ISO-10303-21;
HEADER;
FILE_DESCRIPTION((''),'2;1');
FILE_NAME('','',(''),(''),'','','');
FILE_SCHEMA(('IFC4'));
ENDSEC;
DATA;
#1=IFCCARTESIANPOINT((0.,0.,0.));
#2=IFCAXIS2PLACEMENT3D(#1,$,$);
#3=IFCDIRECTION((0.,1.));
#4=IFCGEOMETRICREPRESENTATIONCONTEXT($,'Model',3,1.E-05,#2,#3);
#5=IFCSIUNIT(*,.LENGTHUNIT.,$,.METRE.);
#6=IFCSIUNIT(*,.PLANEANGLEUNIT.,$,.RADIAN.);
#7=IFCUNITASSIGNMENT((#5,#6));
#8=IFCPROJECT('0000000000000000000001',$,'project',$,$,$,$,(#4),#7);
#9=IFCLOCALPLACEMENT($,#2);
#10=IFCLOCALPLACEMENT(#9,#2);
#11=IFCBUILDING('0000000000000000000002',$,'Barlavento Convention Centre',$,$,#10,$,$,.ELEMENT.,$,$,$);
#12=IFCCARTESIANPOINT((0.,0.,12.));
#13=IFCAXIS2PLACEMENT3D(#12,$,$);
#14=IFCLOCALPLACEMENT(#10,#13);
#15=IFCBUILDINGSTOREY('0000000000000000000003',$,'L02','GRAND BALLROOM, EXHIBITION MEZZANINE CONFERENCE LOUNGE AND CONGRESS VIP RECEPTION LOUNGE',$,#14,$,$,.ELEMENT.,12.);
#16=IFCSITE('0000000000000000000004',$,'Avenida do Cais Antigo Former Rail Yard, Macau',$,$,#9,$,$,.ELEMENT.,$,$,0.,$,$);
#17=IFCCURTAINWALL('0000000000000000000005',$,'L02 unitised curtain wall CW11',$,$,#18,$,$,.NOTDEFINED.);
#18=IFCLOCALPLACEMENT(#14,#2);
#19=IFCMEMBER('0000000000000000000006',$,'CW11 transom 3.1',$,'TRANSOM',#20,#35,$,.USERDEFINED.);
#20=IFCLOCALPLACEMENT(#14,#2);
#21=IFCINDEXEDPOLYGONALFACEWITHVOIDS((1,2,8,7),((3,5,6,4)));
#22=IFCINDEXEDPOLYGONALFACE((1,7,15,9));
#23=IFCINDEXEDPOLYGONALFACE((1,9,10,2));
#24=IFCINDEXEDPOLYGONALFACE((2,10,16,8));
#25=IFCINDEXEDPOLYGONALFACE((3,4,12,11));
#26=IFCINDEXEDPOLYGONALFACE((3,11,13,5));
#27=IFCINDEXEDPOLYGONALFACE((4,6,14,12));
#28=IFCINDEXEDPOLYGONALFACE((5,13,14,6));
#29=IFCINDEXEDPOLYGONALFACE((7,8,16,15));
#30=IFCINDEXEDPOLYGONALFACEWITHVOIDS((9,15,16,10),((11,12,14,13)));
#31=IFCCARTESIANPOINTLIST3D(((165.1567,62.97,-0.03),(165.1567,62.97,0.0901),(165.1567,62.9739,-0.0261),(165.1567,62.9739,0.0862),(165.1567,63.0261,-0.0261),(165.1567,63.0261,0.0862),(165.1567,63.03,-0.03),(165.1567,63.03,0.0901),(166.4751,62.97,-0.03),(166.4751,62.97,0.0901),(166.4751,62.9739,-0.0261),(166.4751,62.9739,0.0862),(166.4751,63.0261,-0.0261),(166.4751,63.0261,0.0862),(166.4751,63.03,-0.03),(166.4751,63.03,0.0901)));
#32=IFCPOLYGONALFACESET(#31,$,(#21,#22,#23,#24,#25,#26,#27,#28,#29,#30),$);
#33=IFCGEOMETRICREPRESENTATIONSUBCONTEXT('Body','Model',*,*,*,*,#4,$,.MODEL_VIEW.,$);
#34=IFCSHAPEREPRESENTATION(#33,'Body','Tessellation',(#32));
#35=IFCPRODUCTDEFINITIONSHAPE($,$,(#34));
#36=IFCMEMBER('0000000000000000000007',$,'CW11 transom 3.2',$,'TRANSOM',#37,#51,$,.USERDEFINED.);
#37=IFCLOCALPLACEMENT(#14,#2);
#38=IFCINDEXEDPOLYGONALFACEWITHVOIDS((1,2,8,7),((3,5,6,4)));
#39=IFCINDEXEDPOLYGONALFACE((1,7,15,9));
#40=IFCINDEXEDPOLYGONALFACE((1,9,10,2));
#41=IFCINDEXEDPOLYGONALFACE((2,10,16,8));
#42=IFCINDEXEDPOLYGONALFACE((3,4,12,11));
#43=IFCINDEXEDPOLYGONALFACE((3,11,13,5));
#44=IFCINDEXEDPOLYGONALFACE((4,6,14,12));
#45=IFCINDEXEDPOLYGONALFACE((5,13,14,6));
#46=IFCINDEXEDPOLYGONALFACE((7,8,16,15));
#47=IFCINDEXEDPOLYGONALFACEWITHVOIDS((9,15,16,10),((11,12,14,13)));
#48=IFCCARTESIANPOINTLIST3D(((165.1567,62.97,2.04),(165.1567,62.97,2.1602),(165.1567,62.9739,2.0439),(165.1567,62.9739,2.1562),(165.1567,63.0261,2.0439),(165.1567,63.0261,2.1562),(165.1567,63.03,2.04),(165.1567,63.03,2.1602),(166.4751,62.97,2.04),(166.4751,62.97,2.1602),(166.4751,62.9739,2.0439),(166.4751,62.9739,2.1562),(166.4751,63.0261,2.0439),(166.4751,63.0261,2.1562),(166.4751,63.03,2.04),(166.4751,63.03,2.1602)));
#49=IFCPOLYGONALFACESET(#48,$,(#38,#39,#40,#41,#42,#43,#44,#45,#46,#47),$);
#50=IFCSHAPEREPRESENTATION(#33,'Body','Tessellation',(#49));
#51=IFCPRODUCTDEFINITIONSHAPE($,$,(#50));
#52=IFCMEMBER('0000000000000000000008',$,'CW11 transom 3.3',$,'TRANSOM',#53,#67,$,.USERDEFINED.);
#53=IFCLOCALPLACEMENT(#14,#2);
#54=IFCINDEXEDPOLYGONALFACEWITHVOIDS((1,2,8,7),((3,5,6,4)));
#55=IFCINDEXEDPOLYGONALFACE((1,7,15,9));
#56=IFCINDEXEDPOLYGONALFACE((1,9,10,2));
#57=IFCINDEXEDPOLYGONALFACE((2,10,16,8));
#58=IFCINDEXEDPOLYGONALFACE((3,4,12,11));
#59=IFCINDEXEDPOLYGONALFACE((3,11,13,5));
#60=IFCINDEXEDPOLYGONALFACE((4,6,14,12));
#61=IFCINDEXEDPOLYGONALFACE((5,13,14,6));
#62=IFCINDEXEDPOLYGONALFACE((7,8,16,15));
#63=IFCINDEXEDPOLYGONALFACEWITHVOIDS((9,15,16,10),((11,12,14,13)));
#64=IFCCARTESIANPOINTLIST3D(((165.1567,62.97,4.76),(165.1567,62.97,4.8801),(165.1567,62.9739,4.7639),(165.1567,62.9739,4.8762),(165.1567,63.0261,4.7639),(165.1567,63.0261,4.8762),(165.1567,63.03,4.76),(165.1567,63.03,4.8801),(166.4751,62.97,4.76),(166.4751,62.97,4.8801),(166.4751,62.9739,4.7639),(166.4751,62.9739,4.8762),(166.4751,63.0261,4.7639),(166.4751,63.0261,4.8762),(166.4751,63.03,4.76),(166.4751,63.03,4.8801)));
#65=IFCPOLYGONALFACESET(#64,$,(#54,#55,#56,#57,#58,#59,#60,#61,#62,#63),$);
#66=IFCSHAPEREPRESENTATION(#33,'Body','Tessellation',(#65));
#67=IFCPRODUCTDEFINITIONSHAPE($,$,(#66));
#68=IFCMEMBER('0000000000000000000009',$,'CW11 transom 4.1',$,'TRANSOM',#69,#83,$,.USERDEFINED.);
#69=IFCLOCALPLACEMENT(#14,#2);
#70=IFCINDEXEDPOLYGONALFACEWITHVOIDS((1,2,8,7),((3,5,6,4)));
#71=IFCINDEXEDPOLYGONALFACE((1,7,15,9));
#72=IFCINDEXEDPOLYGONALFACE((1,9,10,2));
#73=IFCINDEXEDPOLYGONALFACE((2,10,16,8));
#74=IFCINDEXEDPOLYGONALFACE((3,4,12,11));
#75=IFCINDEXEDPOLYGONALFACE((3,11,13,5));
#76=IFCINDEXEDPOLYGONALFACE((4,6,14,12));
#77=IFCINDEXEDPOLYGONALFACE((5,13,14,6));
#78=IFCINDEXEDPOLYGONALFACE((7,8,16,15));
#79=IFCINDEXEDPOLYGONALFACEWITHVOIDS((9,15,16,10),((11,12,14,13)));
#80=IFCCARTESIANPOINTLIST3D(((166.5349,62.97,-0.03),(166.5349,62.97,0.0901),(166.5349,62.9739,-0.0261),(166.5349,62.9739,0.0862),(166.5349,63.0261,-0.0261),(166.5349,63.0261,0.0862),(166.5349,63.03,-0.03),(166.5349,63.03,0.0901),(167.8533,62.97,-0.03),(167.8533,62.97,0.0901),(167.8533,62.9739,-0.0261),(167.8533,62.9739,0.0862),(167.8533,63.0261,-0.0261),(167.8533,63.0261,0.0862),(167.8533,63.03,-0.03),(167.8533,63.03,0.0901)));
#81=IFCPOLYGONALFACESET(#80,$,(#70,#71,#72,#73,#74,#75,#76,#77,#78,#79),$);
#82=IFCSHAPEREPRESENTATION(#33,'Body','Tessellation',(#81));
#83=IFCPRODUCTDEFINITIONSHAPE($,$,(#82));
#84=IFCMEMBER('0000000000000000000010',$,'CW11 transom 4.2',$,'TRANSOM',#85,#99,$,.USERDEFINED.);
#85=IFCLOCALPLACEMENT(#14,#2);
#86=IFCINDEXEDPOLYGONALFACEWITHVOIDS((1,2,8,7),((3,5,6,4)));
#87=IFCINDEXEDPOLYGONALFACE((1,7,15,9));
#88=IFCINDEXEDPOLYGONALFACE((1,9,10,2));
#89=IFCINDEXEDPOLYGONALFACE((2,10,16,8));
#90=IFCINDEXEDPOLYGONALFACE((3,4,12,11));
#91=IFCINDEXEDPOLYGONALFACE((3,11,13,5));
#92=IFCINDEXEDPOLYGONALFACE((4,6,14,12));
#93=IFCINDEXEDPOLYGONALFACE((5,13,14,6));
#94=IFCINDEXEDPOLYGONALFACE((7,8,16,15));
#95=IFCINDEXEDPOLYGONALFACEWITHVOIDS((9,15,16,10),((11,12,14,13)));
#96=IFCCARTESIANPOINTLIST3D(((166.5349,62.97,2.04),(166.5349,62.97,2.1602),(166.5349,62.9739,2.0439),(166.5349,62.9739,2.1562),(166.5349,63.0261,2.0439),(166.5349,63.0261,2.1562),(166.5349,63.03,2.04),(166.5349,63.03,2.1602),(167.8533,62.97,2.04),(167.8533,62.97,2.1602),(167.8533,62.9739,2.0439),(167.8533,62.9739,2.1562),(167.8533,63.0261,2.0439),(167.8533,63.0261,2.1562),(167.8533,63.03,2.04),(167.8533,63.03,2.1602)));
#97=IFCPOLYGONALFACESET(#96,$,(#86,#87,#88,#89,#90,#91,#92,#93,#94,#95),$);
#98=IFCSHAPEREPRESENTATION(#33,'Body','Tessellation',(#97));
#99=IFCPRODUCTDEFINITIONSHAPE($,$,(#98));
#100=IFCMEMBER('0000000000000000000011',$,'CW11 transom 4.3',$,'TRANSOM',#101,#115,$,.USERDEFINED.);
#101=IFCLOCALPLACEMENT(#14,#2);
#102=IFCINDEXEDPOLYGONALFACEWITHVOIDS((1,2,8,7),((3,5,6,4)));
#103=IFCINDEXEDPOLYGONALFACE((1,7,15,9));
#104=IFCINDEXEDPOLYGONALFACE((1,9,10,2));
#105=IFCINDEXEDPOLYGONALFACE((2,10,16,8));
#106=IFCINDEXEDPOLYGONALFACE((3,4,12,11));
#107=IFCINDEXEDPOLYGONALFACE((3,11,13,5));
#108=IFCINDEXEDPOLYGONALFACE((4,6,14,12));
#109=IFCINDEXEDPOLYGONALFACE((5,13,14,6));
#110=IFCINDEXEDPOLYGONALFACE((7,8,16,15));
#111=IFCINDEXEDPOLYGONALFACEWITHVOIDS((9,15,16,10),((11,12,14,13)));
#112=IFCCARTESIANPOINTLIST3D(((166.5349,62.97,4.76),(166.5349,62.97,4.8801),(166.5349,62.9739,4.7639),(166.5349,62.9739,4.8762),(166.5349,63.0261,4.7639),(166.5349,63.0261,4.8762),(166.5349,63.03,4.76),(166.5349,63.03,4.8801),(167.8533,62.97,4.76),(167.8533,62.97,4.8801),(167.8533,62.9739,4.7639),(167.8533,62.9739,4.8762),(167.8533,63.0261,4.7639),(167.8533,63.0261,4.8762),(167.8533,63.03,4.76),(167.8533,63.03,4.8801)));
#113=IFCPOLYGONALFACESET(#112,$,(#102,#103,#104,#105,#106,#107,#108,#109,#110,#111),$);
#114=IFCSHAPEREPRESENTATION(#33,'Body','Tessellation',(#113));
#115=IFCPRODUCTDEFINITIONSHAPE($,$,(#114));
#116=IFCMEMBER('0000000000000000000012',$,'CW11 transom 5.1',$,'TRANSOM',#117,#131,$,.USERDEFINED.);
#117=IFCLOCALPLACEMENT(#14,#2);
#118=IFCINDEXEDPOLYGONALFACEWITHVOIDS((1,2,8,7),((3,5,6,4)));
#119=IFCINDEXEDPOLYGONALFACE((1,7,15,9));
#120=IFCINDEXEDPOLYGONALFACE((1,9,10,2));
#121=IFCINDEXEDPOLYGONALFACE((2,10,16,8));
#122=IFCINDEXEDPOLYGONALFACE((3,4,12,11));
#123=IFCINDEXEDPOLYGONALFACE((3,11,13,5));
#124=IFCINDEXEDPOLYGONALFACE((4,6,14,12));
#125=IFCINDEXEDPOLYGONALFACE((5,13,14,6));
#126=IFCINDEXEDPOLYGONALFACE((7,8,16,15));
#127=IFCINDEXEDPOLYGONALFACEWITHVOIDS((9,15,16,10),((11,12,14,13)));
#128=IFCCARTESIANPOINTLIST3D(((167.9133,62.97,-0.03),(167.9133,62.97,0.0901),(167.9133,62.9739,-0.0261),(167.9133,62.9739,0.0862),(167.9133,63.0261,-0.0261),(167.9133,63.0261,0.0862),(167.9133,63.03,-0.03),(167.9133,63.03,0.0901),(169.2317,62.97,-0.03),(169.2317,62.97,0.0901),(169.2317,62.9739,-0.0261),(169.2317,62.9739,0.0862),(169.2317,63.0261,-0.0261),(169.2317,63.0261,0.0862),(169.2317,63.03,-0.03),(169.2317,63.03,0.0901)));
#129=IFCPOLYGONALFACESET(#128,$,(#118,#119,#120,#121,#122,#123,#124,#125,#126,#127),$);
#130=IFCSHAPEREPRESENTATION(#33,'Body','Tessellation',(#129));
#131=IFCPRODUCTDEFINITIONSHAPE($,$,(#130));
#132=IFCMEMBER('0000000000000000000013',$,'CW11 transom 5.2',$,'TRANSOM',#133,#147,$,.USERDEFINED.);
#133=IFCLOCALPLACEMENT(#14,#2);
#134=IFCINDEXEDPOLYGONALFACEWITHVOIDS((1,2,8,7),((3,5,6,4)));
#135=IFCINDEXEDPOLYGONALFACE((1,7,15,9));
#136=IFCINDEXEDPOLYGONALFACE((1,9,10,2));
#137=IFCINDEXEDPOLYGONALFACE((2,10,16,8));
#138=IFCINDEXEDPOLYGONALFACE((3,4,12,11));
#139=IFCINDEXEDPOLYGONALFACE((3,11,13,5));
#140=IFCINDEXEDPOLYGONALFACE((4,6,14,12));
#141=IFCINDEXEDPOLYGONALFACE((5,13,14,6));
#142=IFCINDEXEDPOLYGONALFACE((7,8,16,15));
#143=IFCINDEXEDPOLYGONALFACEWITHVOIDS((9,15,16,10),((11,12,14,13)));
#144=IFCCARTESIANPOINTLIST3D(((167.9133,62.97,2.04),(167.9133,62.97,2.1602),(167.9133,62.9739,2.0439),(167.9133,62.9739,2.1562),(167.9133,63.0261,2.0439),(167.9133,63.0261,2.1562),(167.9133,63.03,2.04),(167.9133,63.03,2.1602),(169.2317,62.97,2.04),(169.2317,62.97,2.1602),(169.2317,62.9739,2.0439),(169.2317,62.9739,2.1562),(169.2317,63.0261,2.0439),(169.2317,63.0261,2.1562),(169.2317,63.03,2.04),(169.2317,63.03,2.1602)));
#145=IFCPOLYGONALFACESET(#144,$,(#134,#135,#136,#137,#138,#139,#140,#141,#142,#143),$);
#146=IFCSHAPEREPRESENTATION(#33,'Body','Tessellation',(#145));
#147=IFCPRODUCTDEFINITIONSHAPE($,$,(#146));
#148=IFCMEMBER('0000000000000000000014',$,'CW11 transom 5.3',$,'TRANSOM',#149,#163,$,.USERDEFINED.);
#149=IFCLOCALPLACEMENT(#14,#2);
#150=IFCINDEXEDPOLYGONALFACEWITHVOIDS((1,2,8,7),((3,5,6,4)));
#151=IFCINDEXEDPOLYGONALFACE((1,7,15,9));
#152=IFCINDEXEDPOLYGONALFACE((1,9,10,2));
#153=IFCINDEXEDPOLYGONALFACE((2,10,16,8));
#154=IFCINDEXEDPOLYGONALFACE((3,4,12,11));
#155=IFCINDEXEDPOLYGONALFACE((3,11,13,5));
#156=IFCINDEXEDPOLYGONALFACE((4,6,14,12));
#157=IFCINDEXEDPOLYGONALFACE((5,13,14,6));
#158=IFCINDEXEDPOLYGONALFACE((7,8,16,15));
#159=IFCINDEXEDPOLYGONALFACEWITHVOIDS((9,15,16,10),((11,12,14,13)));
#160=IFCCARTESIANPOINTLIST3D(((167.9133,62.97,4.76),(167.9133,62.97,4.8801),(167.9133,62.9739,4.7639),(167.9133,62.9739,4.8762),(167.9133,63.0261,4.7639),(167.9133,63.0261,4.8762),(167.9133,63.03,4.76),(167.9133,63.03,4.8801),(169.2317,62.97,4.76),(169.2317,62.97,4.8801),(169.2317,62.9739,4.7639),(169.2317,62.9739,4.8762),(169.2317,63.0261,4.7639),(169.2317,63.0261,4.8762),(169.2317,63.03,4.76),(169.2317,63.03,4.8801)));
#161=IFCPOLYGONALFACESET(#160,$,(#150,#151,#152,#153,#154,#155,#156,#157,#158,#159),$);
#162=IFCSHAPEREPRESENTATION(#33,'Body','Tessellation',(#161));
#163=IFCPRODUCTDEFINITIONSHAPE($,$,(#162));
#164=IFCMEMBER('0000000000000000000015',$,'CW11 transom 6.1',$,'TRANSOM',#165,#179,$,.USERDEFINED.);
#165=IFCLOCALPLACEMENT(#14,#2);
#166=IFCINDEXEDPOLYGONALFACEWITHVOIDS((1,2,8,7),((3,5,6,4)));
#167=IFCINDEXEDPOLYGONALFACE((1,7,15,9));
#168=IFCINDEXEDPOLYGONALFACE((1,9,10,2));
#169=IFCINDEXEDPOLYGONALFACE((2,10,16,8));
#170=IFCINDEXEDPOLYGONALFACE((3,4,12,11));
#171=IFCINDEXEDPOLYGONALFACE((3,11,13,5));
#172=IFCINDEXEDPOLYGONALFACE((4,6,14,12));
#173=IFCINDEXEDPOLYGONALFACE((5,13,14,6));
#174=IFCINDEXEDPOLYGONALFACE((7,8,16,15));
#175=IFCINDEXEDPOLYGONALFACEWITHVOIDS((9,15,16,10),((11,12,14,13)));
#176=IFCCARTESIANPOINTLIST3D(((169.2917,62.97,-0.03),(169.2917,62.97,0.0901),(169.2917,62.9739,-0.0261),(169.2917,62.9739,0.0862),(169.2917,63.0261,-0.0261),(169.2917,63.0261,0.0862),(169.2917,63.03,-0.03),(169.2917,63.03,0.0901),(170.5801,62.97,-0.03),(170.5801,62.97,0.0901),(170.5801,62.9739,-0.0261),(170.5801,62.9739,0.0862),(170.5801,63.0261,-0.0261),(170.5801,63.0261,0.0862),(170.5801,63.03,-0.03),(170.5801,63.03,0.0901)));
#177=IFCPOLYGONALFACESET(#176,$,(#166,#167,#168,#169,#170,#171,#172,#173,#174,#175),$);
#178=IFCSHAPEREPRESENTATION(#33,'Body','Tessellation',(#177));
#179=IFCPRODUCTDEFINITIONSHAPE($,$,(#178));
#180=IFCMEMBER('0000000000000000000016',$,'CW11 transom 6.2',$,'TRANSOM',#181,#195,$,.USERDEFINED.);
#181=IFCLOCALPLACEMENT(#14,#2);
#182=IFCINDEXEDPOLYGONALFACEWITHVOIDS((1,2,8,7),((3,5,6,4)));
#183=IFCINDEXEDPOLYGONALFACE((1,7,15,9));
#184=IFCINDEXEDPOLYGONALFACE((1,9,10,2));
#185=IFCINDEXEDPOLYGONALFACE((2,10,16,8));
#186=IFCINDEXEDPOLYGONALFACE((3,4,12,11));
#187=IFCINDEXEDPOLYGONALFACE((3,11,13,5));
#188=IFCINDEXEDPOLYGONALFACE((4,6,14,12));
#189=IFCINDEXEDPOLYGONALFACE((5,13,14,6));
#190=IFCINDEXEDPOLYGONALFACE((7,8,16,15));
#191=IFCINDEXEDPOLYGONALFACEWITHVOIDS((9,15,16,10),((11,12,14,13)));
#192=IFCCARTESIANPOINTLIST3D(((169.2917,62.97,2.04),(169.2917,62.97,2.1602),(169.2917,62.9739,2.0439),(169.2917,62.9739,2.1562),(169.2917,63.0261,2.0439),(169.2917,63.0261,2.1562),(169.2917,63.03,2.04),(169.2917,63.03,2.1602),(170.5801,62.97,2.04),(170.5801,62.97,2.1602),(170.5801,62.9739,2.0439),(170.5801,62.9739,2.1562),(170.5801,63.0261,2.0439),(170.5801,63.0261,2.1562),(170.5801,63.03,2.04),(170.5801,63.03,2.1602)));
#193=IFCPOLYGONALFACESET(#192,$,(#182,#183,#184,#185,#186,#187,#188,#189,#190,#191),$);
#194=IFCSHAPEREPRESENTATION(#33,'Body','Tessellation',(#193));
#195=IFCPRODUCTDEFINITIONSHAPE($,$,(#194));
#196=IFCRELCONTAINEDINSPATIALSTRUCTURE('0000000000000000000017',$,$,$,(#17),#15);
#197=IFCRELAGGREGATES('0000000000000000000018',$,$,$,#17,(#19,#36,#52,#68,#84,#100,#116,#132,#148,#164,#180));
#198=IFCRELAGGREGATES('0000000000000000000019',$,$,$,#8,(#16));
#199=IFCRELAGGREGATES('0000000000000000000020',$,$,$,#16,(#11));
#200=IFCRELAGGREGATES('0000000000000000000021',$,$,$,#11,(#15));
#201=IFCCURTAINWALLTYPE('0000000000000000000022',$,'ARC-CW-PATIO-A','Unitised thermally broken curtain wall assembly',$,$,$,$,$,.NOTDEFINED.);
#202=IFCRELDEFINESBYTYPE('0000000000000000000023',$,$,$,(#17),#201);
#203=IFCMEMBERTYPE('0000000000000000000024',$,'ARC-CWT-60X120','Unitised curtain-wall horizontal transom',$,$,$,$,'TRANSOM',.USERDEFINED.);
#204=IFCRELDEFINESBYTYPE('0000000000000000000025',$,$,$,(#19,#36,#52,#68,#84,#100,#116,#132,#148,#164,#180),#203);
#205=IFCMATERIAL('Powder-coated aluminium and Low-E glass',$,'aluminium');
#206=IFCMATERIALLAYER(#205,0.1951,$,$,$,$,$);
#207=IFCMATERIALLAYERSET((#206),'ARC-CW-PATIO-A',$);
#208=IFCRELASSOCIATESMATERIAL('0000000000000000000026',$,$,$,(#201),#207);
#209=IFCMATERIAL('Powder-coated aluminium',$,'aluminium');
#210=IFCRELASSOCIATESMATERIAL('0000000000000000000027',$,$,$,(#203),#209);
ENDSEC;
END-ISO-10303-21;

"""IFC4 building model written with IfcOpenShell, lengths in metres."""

from ifc_helpers import new_model, si_unit, direction, frame, origin, origin_2d, place, context, subcontext, project, spatial, hollow_rectangle, extrude, material, layer, layer_set, material_profile, profile_set, type_object, element, aggregate, save


model = new_model("IFC4")

# Units and contexts
model_context = context("Model", 3, precision=1e-05, world=origin(), true_north=direction((0.0, 1.0)))
body_context = subcontext(model_context, "Body", "Model", "MODEL_VIEW")
ifc_project = project(units=[si_unit("LENGTHUNIT", "METRE"), si_unit("PLANEANGLEUNIT", "RADIAN")], contexts=[model_context])

# Site, building, storey
site_placement = place(None, origin())
site = spatial("IfcSite", under=ifc_project, at=site_placement, Name="Avenida do Cais Antigo Former Rail Yard, Macau", CompositionType="ELEMENT", RefElevation=0.0)
building_placement = place(site_placement, origin())
building = spatial("IfcBuilding", under=site, at=building_placement, Name="Barlavento Convention Centre", CompositionType="ELEMENT")
storey_placement = place(building_placement, frame((0.0, 0.0, 12.0)))
storey = spatial("IfcBuildingStorey", under=building, at=storey_placement, Name="L02", Description="GRAND BALLROOM, EXHIBITION MEZZANINE CONFERENCE LOUNGE AND CONGRESS VIP RECEPTION LOUNGE", CompositionType="ELEMENT", Elevation=12.0)

# Curtain wall, members
ifc_material_1 = material(Name="Powder-coated aluminium and Low-E glass", Category="aluminium")
ifc_layer_1 = layer(ifc_material_1, 0.1951)
ifc_layer_set_1 = layer_set([ifc_layer_1], Name="ARC-CW-PATIO-A")
curtain_wall_type = type_object("IfcCurtainWallType", Name="ARC-CW-PATIO-A", Description="Unitised thermally broken curtain wall assembly", PredefinedType="NOTDEFINED", material=ifc_layer_set_1)
curtain_wall_placement = place(storey_placement, origin())
curtain_wall = element("IfcCurtainWall", 1, at=curtain_wall_placement, inside=storey, type_object=curtain_wall_type, Name="L02 unitised curtain wall CW11", PredefinedType="NOTDEFINED")
ifc_material_2 = material(Name="Powder-coated aluminium", Category="aluminium")
ifc_material_profile_1 = material_profile(ifc_material_2, hollow_rectangle(XDim=0.0601, YDim=0.1201, WallThickness=0.0039, at=origin_2d()), Name="AL-TRAN 60x120x4")
ifc_profile_set_1 = profile_set([ifc_material_profile_1], Name="Powder-coated aluminium")
member_type_1 = type_object("IfcMemberType", Name="ARC-CWT-60X120", Description="Unitised curtain-wall horizontal transom", ElementType="TRANSOM", PredefinedType="USERDEFINED", material=ifc_profile_set_1)
member_1_placement = place(storey_placement, frame((165.1567, 63.0, 0.03), z_axis=(1.0, 0.0, 0.0), x_axis=(0.0, 1.0, 0.0)))
member_1 = element("IfcMember", 2, at=member_1_placement, type_object=member_type_1, Name="CW11 transom 3.1", ObjectType="TRANSOM", PredefinedType="USERDEFINED", context=body_context, shape_type="SweptSolid", body=[
    extrude(hollow_rectangle(XDim=0.0601, YDim=0.1201, WallThickness=0.0039, at=origin_2d()), origin(), (0.0, 0.0, 1.0), 1.3184),
])
member_2_placement = place(storey_placement, frame((165.1567, 63.0, 2.1001), z_axis=(1.0, 0.0, 0.0), x_axis=(0.0, 1.0, 0.0)))
member_2 = element("IfcMember", 3, at=member_2_placement, type_object=member_type_1, Name="CW11 transom 3.2", ObjectType="TRANSOM", PredefinedType="USERDEFINED", context=body_context, shape_type="SweptSolid", body=[
    extrude(hollow_rectangle(XDim=0.0601, YDim=0.1201, WallThickness=0.0039, at=origin_2d()), origin(), (0.0, 0.0, 1.0), 1.3184),
])
member_3_placement = place(storey_placement, frame((165.1567, 63.0, 4.8201), z_axis=(1.0, 0.0, 0.0), x_axis=(0.0, 1.0, 0.0)))
member_3 = element("IfcMember", 4, at=member_3_placement, type_object=member_type_1, Name="CW11 transom 3.3", ObjectType="TRANSOM", PredefinedType="USERDEFINED", context=body_context, shape_type="SweptSolid", body=[
    extrude(hollow_rectangle(XDim=0.0601, YDim=0.1201, WallThickness=0.0039, at=origin_2d()), origin(), (0.0, 0.0, 1.0), 1.3184),
])
member_4_placement = place(storey_placement, frame((166.5349, 63.0, 0.03), z_axis=(1.0, 0.0, 0.0), x_axis=(0.0, 1.0, 0.0)))
member_4 = element("IfcMember", 5, at=member_4_placement, type_object=member_type_1, Name="CW11 transom 4.1", ObjectType="TRANSOM", PredefinedType="USERDEFINED", context=body_context, shape_type="SweptSolid", body=[
    extrude(hollow_rectangle(XDim=0.0601, YDim=0.1201, WallThickness=0.0039, at=origin_2d()), origin(), (0.0, 0.0, 1.0), 1.3184),
])
member_5_placement = place(storey_placement, frame((166.5349, 63.0, 2.1001), z_axis=(1.0, 0.0, 0.0), x_axis=(0.0, 1.0, 0.0)))
member_5 = element("IfcMember", 6, at=member_5_placement, type_object=member_type_1, Name="CW11 transom 4.2", ObjectType="TRANSOM", PredefinedType="USERDEFINED", context=body_context, shape_type="SweptSolid", body=[
    extrude(hollow_rectangle(XDim=0.0601, YDim=0.1201, WallThickness=0.0039, at=origin_2d()), origin(), (0.0, 0.0, 1.0), 1.3184),
])
member_6_placement = place(storey_placement, frame((166.5349, 63.0, 4.8201), z_axis=(1.0, 0.0, 0.0), x_axis=(0.0, 1.0, 0.0)))
member_6 = element("IfcMember", 7, at=member_6_placement, type_object=member_type_1, Name="CW11 transom 4.3", ObjectType="TRANSOM", PredefinedType="USERDEFINED", context=body_context, shape_type="SweptSolid", body=[
    extrude(hollow_rectangle(XDim=0.0601, YDim=0.1201, WallThickness=0.0039, at=origin_2d()), origin(), (0.0, 0.0, 1.0), 1.3184),
])
member_7_placement = place(storey_placement, frame((167.9133, 63.0, 0.03), z_axis=(1.0, 0.0, 0.0), x_axis=(0.0, 1.0, 0.0)))
member_7 = element("IfcMember", 8, at=member_7_placement, type_object=member_type_1, Name="CW11 transom 5.1", ObjectType="TRANSOM", PredefinedType="USERDEFINED", context=body_context, shape_type="SweptSolid", body=[
    extrude(hollow_rectangle(XDim=0.0601, YDim=0.1201, WallThickness=0.0039, at=origin_2d()), origin(), (0.0, 0.0, 1.0), 1.3184),
])
member_8_placement = place(storey_placement, frame((167.9133, 63.0, 2.1001), z_axis=(1.0, 0.0, 0.0), x_axis=(0.0, 1.0, 0.0)))
member_8 = element("IfcMember", 9, at=member_8_placement, type_object=member_type_1, Name="CW11 transom 5.2", ObjectType="TRANSOM", PredefinedType="USERDEFINED", context=body_context, shape_type="SweptSolid", body=[
    extrude(hollow_rectangle(XDim=0.0601, YDim=0.1201, WallThickness=0.0039, at=origin_2d()), origin(), (0.0, 0.0, 1.0), 1.3184),
])
member_9_placement = place(storey_placement, frame((167.9133, 63.0, 4.8201), z_axis=(1.0, 0.0, 0.0), x_axis=(0.0, 1.0, 0.0)))
member_9 = element("IfcMember", 10, at=member_9_placement, type_object=member_type_1, Name="CW11 transom 5.3", ObjectType="TRANSOM", PredefinedType="USERDEFINED", context=body_context, shape_type="SweptSolid", body=[
    extrude(hollow_rectangle(XDim=0.0601, YDim=0.1201, WallThickness=0.0039, at=origin_2d()), origin(), (0.0, 0.0, 1.0), 1.3184),
])
member_10_placement = place(storey_placement, frame((169.2917, 63.0, 0.03), z_axis=(1.0, 0.0, 0.0), x_axis=(0.0, 1.0, 0.0)))
member_10 = element("IfcMember", 11, at=member_10_placement, type_object=member_type_1, Name="CW11 transom 6.1", ObjectType="TRANSOM", PredefinedType="USERDEFINED", context=body_context, shape_type="SweptSolid", body=[
    extrude(hollow_rectangle(XDim=0.0601, YDim=0.1201, WallThickness=0.0039, at=origin_2d()), origin(), (0.0, 0.0, 1.0), 1.2883),
])
member_11_placement = place(storey_placement, frame((169.2917, 63.0, 2.1001), z_axis=(1.0, 0.0, 0.0), x_axis=(0.0, 1.0, 0.0)))
member_11 = element("IfcMember", 12, at=member_11_placement, type_object=member_type_1, Name="CW11 transom 6.2", ObjectType="TRANSOM", PredefinedType="USERDEFINED", context=body_context, shape_type="SweptSolid", body=[
    extrude(hollow_rectangle(XDim=0.0601, YDim=0.1201, WallThickness=0.0039, at=origin_2d()), origin(), (0.0, 0.0, 1.0), 1.2883),
])

aggregate(curtain_wall, [member_1, member_2, member_3, member_4, member_5, member_6, member_7, member_8, member_9, member_10, member_11])

save(model, "model.ifc")
